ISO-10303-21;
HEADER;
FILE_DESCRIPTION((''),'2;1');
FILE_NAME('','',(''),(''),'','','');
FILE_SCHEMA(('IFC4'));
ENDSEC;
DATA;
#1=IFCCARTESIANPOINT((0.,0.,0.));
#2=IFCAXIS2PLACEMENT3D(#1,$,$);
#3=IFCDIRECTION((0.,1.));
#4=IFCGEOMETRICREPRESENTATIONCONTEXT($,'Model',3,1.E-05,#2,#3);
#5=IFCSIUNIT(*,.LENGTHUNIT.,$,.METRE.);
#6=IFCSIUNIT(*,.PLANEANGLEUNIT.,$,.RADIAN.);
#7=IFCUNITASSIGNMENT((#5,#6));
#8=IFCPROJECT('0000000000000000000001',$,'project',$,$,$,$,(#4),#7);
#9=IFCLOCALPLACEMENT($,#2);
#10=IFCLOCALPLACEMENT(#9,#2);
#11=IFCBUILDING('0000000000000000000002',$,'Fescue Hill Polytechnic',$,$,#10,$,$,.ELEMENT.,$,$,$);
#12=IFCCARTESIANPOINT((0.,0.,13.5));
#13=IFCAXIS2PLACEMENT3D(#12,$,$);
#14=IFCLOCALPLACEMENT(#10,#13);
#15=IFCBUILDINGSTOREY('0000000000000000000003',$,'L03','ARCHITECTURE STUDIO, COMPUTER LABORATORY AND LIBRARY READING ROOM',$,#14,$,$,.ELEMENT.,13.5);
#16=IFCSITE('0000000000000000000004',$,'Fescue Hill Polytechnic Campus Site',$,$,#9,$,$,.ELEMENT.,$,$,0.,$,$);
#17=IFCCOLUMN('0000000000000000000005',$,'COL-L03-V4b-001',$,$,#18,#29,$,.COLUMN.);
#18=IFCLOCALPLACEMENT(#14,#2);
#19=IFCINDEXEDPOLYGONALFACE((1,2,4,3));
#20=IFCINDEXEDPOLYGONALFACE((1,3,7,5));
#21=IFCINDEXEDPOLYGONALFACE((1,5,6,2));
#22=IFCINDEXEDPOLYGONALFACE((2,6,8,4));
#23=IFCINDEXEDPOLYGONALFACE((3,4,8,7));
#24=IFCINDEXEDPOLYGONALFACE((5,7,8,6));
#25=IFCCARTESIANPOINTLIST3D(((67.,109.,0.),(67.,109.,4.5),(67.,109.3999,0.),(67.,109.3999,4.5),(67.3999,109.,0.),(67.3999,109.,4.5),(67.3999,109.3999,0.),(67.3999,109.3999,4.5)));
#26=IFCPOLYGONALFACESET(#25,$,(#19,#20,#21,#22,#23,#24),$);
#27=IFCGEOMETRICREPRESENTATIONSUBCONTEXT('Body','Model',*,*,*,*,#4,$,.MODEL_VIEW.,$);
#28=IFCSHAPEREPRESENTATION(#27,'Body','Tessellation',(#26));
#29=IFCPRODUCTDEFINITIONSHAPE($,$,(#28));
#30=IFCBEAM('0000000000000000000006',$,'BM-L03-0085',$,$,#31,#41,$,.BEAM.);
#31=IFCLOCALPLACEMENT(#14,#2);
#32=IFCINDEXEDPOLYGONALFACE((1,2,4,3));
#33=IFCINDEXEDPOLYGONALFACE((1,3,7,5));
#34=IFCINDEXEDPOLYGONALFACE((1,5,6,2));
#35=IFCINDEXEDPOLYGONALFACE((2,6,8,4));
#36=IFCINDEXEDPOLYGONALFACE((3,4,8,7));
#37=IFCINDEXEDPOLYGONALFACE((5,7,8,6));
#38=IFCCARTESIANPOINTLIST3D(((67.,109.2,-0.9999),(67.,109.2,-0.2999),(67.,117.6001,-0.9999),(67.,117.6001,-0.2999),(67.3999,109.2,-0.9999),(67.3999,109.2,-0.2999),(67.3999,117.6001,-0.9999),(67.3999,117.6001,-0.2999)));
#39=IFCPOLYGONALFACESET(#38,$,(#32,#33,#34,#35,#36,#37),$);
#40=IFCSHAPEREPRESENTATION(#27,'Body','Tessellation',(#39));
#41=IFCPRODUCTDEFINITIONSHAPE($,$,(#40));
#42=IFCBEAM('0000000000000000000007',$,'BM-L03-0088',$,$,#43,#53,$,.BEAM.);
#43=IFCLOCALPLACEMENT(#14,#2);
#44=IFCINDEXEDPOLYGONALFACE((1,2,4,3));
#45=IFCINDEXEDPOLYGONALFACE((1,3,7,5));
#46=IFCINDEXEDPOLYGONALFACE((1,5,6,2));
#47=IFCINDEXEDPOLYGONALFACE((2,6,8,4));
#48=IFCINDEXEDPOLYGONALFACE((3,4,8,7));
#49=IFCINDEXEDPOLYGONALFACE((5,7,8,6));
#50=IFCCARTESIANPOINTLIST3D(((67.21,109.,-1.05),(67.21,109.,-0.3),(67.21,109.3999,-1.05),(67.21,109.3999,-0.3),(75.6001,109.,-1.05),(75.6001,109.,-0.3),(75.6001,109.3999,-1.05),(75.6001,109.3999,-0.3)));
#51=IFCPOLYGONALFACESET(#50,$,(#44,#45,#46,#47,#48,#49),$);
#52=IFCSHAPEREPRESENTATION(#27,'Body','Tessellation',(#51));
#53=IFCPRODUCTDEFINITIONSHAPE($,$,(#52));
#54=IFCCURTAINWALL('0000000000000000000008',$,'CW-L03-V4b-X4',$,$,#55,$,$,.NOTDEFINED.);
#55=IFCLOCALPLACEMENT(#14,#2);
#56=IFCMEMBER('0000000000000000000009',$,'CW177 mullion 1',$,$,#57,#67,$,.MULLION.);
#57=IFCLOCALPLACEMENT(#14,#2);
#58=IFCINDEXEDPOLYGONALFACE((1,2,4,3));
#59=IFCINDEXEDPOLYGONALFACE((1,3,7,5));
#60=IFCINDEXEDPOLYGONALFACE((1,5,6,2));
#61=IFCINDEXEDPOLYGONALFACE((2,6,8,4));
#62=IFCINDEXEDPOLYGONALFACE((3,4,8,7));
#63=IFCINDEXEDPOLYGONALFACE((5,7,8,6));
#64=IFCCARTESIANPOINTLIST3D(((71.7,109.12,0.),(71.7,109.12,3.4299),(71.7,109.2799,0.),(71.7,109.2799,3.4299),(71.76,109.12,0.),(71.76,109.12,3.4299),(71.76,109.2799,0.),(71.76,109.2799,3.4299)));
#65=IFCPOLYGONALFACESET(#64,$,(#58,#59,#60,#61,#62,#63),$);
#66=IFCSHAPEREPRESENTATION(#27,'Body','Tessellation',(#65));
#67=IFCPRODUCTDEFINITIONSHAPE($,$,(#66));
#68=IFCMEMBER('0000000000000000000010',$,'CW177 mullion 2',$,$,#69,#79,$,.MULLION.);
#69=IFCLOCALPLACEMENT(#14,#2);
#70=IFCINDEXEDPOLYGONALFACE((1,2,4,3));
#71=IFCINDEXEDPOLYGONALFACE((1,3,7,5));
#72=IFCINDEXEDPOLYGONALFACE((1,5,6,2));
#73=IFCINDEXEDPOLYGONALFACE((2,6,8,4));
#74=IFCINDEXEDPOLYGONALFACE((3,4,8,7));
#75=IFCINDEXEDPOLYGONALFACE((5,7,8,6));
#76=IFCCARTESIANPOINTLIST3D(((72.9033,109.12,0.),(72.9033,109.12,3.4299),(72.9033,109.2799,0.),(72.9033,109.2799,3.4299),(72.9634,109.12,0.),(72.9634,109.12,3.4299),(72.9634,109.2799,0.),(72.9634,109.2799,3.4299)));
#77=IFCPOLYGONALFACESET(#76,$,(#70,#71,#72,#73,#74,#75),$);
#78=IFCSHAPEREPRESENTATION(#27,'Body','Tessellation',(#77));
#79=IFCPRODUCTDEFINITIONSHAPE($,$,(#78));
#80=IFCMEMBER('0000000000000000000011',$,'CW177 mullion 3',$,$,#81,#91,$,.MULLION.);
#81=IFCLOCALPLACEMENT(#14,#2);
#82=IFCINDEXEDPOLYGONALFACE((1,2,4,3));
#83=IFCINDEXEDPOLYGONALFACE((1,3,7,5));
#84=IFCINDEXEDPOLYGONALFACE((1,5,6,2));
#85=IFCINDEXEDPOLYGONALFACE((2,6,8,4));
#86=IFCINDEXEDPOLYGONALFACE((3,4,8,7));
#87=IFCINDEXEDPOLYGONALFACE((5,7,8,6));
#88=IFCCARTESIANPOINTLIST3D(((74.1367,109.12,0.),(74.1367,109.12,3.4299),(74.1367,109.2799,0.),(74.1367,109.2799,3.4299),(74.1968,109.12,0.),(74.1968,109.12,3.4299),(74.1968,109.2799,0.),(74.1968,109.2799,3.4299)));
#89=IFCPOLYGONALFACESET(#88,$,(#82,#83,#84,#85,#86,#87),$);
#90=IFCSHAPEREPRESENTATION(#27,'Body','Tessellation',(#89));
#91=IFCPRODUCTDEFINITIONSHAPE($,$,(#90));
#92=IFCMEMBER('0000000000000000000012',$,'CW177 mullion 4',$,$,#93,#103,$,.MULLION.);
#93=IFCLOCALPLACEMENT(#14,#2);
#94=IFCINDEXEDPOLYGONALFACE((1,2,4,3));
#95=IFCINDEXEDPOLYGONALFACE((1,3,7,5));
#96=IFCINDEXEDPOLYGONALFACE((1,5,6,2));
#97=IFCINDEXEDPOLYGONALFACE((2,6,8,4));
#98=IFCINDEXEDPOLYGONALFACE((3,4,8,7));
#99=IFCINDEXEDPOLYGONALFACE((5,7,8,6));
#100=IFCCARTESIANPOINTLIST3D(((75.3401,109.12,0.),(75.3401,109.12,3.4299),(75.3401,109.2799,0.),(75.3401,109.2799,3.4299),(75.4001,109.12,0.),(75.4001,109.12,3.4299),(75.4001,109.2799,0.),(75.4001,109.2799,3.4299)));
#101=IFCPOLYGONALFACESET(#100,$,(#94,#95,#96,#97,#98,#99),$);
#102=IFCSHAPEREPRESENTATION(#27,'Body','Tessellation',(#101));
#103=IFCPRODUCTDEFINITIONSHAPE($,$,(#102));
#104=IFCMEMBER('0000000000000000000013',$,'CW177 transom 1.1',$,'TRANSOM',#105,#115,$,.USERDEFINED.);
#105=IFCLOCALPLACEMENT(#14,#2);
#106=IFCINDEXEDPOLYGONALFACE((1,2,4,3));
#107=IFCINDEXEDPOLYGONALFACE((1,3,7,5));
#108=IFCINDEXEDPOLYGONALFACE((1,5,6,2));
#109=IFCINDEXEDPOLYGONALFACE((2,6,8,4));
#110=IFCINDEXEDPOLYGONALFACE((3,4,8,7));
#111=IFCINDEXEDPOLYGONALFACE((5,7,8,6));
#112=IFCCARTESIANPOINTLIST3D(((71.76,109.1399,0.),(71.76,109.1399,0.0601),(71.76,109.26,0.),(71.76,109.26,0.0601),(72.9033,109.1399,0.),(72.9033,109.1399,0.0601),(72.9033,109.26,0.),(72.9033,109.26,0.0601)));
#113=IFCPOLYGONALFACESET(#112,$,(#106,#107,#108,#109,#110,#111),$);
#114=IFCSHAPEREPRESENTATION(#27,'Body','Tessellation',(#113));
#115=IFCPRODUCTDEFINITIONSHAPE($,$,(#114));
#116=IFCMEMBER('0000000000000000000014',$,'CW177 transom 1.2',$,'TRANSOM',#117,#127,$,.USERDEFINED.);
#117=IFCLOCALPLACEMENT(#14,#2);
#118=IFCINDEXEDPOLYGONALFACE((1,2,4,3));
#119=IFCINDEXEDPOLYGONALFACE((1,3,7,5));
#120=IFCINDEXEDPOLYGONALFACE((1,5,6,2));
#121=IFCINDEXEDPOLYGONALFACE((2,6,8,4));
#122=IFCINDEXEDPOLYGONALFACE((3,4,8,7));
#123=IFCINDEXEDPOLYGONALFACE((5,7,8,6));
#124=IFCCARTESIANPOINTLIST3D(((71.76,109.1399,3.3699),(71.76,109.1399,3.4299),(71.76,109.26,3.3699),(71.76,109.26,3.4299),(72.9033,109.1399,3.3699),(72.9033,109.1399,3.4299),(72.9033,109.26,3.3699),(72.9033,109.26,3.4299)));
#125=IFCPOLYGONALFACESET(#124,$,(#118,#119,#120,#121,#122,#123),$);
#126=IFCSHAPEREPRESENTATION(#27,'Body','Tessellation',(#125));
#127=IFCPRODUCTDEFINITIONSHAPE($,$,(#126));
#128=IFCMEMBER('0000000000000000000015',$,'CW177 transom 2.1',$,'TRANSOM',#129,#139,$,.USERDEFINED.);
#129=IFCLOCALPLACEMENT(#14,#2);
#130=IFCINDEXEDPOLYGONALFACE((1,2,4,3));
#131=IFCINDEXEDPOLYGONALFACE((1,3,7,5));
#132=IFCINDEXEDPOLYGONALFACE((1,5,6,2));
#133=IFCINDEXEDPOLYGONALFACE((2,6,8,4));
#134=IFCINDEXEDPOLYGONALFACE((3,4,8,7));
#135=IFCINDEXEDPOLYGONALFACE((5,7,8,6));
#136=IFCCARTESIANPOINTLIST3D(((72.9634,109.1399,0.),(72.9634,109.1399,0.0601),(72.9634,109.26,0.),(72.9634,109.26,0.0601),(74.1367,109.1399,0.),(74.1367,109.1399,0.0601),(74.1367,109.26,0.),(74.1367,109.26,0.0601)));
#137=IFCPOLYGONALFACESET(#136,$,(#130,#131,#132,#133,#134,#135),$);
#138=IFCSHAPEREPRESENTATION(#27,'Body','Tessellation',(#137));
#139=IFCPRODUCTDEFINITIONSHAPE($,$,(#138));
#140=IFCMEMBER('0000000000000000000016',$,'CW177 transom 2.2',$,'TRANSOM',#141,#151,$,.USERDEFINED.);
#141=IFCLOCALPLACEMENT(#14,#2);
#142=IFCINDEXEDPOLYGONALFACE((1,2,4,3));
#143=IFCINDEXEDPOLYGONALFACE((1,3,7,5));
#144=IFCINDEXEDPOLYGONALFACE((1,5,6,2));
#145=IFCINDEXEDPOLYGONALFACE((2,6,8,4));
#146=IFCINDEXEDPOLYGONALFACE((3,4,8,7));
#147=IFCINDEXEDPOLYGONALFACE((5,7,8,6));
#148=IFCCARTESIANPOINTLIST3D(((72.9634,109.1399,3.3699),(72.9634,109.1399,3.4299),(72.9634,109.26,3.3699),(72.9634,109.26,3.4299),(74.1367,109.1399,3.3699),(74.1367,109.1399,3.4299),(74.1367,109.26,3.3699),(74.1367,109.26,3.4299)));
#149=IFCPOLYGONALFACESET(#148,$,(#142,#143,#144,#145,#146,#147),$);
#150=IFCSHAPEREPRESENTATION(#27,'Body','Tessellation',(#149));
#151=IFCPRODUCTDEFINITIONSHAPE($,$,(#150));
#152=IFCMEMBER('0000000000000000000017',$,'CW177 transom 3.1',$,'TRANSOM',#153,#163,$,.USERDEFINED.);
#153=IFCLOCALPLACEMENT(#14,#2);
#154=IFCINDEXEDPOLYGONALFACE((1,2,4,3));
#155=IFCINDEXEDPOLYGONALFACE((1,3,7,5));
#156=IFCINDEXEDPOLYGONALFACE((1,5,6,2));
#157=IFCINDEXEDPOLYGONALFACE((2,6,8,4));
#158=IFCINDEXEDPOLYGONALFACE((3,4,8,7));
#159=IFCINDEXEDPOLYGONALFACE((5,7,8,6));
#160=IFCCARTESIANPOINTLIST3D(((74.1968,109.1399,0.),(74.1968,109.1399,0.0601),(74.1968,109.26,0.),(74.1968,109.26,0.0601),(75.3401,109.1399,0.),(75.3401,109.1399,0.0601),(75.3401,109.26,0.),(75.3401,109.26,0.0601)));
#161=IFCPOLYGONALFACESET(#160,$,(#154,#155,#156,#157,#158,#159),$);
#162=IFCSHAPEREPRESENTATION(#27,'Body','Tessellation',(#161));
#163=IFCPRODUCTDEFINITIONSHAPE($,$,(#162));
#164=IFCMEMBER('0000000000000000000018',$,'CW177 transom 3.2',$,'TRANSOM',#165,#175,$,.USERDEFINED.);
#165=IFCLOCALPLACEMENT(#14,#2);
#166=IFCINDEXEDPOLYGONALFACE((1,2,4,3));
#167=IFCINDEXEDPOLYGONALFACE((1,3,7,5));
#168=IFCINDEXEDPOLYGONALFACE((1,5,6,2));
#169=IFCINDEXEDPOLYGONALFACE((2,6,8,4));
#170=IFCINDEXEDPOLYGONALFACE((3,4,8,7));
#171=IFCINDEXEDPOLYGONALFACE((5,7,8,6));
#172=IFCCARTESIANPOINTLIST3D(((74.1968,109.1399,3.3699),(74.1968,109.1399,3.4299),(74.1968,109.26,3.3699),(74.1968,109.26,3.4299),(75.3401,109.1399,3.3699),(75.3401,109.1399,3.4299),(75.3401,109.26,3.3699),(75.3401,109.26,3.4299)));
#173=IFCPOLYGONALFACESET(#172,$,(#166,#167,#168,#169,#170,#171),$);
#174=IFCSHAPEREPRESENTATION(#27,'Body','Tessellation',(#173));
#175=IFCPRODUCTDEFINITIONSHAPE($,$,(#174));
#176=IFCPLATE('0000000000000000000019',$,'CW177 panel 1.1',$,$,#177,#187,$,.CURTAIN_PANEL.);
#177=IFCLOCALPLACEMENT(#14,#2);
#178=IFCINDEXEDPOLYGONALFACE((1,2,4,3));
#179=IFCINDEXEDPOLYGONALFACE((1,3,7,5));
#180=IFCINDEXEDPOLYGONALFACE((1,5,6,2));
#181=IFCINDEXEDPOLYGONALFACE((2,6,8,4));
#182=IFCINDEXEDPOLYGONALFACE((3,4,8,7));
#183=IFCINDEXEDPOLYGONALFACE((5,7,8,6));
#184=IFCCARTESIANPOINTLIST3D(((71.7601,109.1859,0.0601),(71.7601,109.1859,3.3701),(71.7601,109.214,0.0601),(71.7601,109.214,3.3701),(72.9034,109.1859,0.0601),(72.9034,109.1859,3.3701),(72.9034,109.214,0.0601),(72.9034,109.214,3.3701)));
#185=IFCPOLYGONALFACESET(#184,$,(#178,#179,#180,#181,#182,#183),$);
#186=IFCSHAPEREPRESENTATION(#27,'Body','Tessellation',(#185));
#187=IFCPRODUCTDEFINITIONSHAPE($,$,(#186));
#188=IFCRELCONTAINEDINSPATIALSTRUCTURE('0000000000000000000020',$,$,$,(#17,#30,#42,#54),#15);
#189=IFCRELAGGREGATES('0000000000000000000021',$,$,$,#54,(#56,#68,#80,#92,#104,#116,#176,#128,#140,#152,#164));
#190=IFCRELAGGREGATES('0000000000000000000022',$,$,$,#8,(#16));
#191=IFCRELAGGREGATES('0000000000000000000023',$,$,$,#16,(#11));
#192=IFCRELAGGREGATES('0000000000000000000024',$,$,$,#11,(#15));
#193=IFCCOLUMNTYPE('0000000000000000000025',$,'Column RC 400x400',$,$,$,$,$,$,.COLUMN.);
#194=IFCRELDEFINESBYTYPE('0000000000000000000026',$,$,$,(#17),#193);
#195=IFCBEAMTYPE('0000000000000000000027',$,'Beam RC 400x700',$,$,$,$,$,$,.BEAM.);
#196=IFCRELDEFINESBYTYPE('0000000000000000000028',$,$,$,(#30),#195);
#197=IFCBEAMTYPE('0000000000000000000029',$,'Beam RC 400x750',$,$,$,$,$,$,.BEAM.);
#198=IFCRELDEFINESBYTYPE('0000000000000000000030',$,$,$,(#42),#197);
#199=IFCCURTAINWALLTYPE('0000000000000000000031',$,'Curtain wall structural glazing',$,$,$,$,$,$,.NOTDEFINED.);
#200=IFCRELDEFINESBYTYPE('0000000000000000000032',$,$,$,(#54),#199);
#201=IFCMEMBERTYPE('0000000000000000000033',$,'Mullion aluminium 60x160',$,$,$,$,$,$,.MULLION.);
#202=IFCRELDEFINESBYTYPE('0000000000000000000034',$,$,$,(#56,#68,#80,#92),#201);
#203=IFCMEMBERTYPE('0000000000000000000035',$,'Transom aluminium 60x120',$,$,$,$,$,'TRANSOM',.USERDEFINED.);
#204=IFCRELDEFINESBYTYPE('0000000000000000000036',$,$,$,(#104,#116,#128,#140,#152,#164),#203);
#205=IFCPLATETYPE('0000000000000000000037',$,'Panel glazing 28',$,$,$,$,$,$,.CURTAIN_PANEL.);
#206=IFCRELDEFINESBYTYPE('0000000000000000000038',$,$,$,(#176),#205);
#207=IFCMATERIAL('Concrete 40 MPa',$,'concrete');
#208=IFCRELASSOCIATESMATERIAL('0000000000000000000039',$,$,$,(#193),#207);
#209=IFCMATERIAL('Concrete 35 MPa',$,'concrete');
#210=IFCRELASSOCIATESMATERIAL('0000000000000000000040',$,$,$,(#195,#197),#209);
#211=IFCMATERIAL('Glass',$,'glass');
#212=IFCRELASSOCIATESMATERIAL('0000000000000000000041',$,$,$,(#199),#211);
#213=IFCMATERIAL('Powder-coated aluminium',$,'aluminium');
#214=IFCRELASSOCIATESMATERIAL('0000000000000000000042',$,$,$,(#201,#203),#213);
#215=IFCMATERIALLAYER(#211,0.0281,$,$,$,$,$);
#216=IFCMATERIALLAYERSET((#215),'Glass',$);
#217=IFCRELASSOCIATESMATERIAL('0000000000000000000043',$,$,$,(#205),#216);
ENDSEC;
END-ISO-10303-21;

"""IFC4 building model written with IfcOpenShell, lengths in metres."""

from ifc_helpers import new_model, si_unit, direction, frame, origin, origin_2d, place, context, subcontext, project, spatial, rectangle, extrude, material, layer, layer_set, material_profile, profile_set, type_object, element, aggregate, save


model = new_model("IFC4")

# Units and contexts
model_context = context("Model", 3, precision=1e-05, world=origin(), true_north=direction((0.0, 1.0)))
body_context = subcontext(model_context, "Body", "Model", "MODEL_VIEW")
ifc_project = project(units=[si_unit("LENGTHUNIT", "METRE"), si_unit("PLANEANGLEUNIT", "RADIAN")], contexts=[model_context])

# Site, building, storey
site_placement = place(None, origin())
site = spatial("IfcSite", under=ifc_project, at=site_placement, Name="Fescue Hill Polytechnic Campus Site", CompositionType="ELEMENT", RefElevation=0.0)
building_placement = place(site_placement, origin())
building = spatial("IfcBuilding", under=site, at=building_placement, Name="Fescue Hill Polytechnic", CompositionType="ELEMENT")
storey_placement = place(building_placement, frame((0.0, 0.0, 13.5)))
storey = spatial("IfcBuildingStorey", under=building, at=storey_placement, Name="L03", Description="ARCHITECTURE STUDIO, COMPUTER LABORATORY AND LIBRARY READING ROOM", CompositionType="ELEMENT", Elevation=13.5)

# Column
ifc_material_1 = material(Name="Concrete 40 MPa", Category="concrete")
ifc_material_profile_1 = material_profile(ifc_material_1, rectangle(XDim=0.3999, YDim=0.3999, at=origin_2d()), Name="RC 400x400")
ifc_profile_set_1 = profile_set([ifc_material_profile_1], Name="Concrete 40 MPa")
column_type = type_object("IfcColumnType", Name="Column RC 400x400", PredefinedType="COLUMN", material=ifc_profile_set_1)
column_placement = place(storey_placement, frame((67.2, 109.2, 0.0), z_axis=(0.0, 0.0, 1.0), x_axis=(1.0, 0.0, 0.0)))
element("IfcColumn", 1, at=column_placement, inside=storey, type_object=column_type, Name="COL-L03-V4b-001", PredefinedType="COLUMN", context=body_context, shape_type="SweptSolid", body=[
    extrude(rectangle(XDim=0.3999, YDim=0.3999, at=origin_2d()), origin(), (0.0, 0.0, 1.0), 4.5),
])

# Beams
ifc_material_2 = material(Name="Concrete 35 MPa", Category="concrete")
ifc_material_profile_2 = material_profile(ifc_material_2, rectangle(XDim=0.3999, YDim=0.7, at=origin_2d()), Name="RC 400x700")
ifc_profile_set_2 = profile_set([ifc_material_profile_2], Name="Concrete 35 MPa")
beam_type_1 = type_object("IfcBeamType", Name="Beam RC 400x700", PredefinedType="BEAM", material=ifc_profile_set_2)
beam_1_placement = place(storey_placement, frame((67.2, 109.2, -0.6499), z_axis=(0.0, 1.0, 0.0), x_axis=(-1.0, 0.0, 0.0)))
element("IfcBeam", 2, at=beam_1_placement, inside=storey, type_object=beam_type_1, Name="BM-L03-0085", PredefinedType="BEAM", context=body_context, shape_type="SweptSolid", body=[
    extrude(rectangle(XDim=0.3999, YDim=0.7, at=origin_2d()), origin(), (0.0, 0.0, 1.0), 8.4001),
])
ifc_material_profile_3 = material_profile(ifc_material_2, rectangle(XDim=0.3999, YDim=0.75, at=origin_2d()), Name="RC 400x750")
ifc_profile_set_3 = profile_set([ifc_material_profile_3], Name="Concrete 35 MPa")
beam_type_2 = type_object("IfcBeamType", Name="Beam RC 400x750", PredefinedType="BEAM", material=ifc_profile_set_3)
beam_2_placement = place(storey_placement, frame((67.21, 109.2, -0.675), z_axis=(1.0, 0.0, 0.0), x_axis=(0.0, 1.0, 0.0)))
element("IfcBeam", 3, at=beam_2_placement, inside=storey, type_object=beam_type_2, Name="BM-L03-0088", PredefinedType="BEAM", context=body_context, shape_type="SweptSolid", body=[
    extrude(rectangle(XDim=0.3999, YDim=0.75, at=origin_2d()), origin(), (0.0, 0.0, 1.0), 8.3901),
])

# Curtain wall, members, plate
ifc_material_3 = material(Name="Glass", Category="glass")
curtain_wall_type = type_object("IfcCurtainWallType", Name="Curtain wall structural glazing", PredefinedType="NOTDEFINED", material=ifc_material_3)
curtain_wall_placement = place(storey_placement, origin())
curtain_wall = element("IfcCurtainWall", 4, at=curtain_wall_placement, inside=storey, type_object=curtain_wall_type, Name="CW-L03-V4b-X4", PredefinedType="NOTDEFINED")
ifc_material_4 = material(Name="Powder-coated aluminium", Category="aluminium")
ifc_material_profile_4 = material_profile(ifc_material_4, rectangle(XDim=0.1599, YDim=0.0601, at=origin_2d()), Name="Mullion aluminium 60x160")
ifc_profile_set_4 = profile_set([ifc_material_profile_4], Name="Powder-coated aluminium")
member_type_1 = type_object("IfcMemberType", Name="Mullion aluminium 60x160", PredefinedType="MULLION", material=ifc_profile_set_4)
member_1_placement = place(storey_placement, frame((71.73, 109.2, 0.0), z_axis=(0.0, 0.0, 1.0), x_axis=(0.0, 1.0, 0.0)))
member_1 = element("IfcMember", 5, at=member_1_placement, type_object=member_type_1, Name="CW177 mullion 1", PredefinedType="MULLION", context=body_context, shape_type="SweptSolid", body=[
    extrude(rectangle(XDim=0.1599, YDim=0.0601, at=origin_2d()), origin(), (0.0, 0.0, 1.0), 3.4299),
])
member_2_placement = place(storey_placement, frame((72.9333, 109.2, 0.0), z_axis=(0.0, 0.0, 1.0), x_axis=(0.0, 1.0, 0.0)))
member_2 = element("IfcMember", 6, at=member_2_placement, type_object=member_type_1, Name="CW177 mullion 2", PredefinedType="MULLION", context=body_context, shape_type="SweptSolid", body=[
    extrude(rectangle(XDim=0.1599, YDim=0.0601, at=origin_2d()), origin(), (0.0, 0.0, 1.0), 3.4299),
])
member_3_placement = place(storey_placement, frame((74.1667, 109.2, 0.0), z_axis=(0.0, 0.0, 1.0), x_axis=(0.0, 1.0, 0.0)))
member_3 = element("IfcMember", 7, at=member_3_placement, type_object=member_type_1, Name="CW177 mullion 3", PredefinedType="MULLION", context=body_context, shape_type="SweptSolid", body=[
    extrude(rectangle(XDim=0.1599, YDim=0.0601, at=origin_2d()), origin(), (0.0, 0.0, 1.0), 3.4299),
])
member_4_placement = place(storey_placement, frame((75.3701, 109.2, 0.0), z_axis=(0.0, 0.0, 1.0), x_axis=(0.0, 1.0, 0.0)))
member_4 = element("IfcMember", 8, at=member_4_placement, type_object=member_type_1, Name="CW177 mullion 4", PredefinedType="MULLION", context=body_context, shape_type="SweptSolid", body=[
    extrude(rectangle(XDim=0.1599, YDim=0.0601, at=origin_2d()), origin(), (0.0, 0.0, 1.0), 3.4299),
])
ifc_material_profile_5 = material_profile(ifc_material_4, rectangle(XDim=0.1201, YDim=0.0601, at=origin_2d()), Name="Transom aluminium 60x120")
ifc_profile_set_5 = profile_set([ifc_material_profile_5], Name="Powder-coated aluminium")
member_type_2 = type_object("IfcMemberType", Name="Transom aluminium 60x120", ElementType="TRANSOM", PredefinedType="USERDEFINED", material=ifc_profile_set_5)
member_5_placement = place(storey_placement, frame((71.76, 109.2, 0.03), z_axis=(1.0, 0.0, 0.0), x_axis=(0.0, 1.0, 0.0)))
member_5 = element("IfcMember", 9, at=member_5_placement, type_object=member_type_2, Name="CW177 transom 1.1", ObjectType="TRANSOM", PredefinedType="USERDEFINED", context=body_context, shape_type="SweptSolid", body=[
    extrude(rectangle(XDim=0.1201, YDim=0.0601, at=origin_2d()), origin(), (0.0, 0.0, 1.0), 1.1433),
])
member_6_placement = place(storey_placement, frame((71.76, 109.2, 3.3999), z_axis=(1.0, 0.0, 0.0), x_axis=(0.0, 1.0, 0.0)))
member_6 = element("IfcMember", 10, at=member_6_placement, type_object=member_type_2, Name="CW177 transom 1.2", ObjectType="TRANSOM", PredefinedType="USERDEFINED", context=body_context, shape_type="SweptSolid", body=[
    extrude(rectangle(XDim=0.1201, YDim=0.0601, at=origin_2d()), origin(), (0.0, 0.0, 1.0), 1.1433),
])
member_7_placement = place(storey_placement, frame((72.9634, 109.2, 0.03), z_axis=(1.0, 0.0, 0.0), x_axis=(0.0, 1.0, 0.0)))
member_7 = element("IfcMember", 11, at=member_7_placement, type_object=member_type_2, Name="CW177 transom 2.1", ObjectType="TRANSOM", PredefinedType="USERDEFINED", context=body_context, shape_type="SweptSolid", body=[
    extrude(rectangle(XDim=0.1201, YDim=0.0601, at=origin_2d()), origin(), (0.0, 0.0, 1.0), 1.1733),
])
member_8_placement = place(storey_placement, frame((72.9634, 109.2, 3.3999), z_axis=(1.0, 0.0, 0.0), x_axis=(0.0, 1.0, 0.0)))
member_8 = element("IfcMember", 12, at=member_8_placement, type_object=member_type_2, Name="CW177 transom 2.2", ObjectType="TRANSOM", PredefinedType="USERDEFINED", context=body_context, shape_type="SweptSolid", body=[
    extrude(rectangle(XDim=0.1201, YDim=0.0601, at=origin_2d()), origin(), (0.0, 0.0, 1.0), 1.1733),
])
member_9_placement = place(storey_placement, frame((74.1968, 109.2, 0.03), z_axis=(1.0, 0.0, 0.0), x_axis=(0.0, 1.0, 0.0)))
member_9 = element("IfcMember", 13, at=member_9_placement, type_object=member_type_2, Name="CW177 transom 3.1", ObjectType="TRANSOM", PredefinedType="USERDEFINED", context=body_context, shape_type="SweptSolid", body=[
    extrude(rectangle(XDim=0.1201, YDim=0.0601, at=origin_2d()), origin(), (0.0, 0.0, 1.0), 1.1433),
])
member_10_placement = place(storey_placement, frame((74.1968, 109.2, 3.3999), z_axis=(1.0, 0.0, 0.0), x_axis=(0.0, 1.0, 0.0)))
member_10 = element("IfcMember", 14, at=member_10_placement, type_object=member_type_2, Name="CW177 transom 3.2", ObjectType="TRANSOM", PredefinedType="USERDEFINED", context=body_context, shape_type="SweptSolid", body=[
    extrude(rectangle(XDim=0.1201, YDim=0.0601, at=origin_2d()), origin(), (0.0, 0.0, 1.0), 1.1433),
])
ifc_layer_1 = layer(ifc_material_3, 0.0281)
ifc_layer_set_1 = layer_set([ifc_layer_1], Name="Glass")
plate_type = type_object("IfcPlateType", Name="Panel glazing 28", PredefinedType="CURTAIN_PANEL", material=ifc_layer_set_1)
plate_1_placement = place(storey_placement, frame((72.3318, 109.2, 0.0601), z_axis=(0.0, 0.0, 1.0), x_axis=(1.0, 0.0, 0.0)))
plate_1 = element("IfcPlate", 15, at=plate_1_placement, type_object=plate_type, Name="CW177 panel 1.1", PredefinedType="CURTAIN_PANEL", context=body_context, shape_type="SweptSolid", body=[
    extrude(rectangle(XDim=1.1433, YDim=0.0281, at=origin_2d()), origin(), (0.0, 0.0, 1.0), 3.3101),
])
aggregate(curtain_wall, [member_1, member_2, member_3, member_4, member_5, member_6, plate_1, member_7, member_8, member_9, member_10])

save(model, "model.ifc")
